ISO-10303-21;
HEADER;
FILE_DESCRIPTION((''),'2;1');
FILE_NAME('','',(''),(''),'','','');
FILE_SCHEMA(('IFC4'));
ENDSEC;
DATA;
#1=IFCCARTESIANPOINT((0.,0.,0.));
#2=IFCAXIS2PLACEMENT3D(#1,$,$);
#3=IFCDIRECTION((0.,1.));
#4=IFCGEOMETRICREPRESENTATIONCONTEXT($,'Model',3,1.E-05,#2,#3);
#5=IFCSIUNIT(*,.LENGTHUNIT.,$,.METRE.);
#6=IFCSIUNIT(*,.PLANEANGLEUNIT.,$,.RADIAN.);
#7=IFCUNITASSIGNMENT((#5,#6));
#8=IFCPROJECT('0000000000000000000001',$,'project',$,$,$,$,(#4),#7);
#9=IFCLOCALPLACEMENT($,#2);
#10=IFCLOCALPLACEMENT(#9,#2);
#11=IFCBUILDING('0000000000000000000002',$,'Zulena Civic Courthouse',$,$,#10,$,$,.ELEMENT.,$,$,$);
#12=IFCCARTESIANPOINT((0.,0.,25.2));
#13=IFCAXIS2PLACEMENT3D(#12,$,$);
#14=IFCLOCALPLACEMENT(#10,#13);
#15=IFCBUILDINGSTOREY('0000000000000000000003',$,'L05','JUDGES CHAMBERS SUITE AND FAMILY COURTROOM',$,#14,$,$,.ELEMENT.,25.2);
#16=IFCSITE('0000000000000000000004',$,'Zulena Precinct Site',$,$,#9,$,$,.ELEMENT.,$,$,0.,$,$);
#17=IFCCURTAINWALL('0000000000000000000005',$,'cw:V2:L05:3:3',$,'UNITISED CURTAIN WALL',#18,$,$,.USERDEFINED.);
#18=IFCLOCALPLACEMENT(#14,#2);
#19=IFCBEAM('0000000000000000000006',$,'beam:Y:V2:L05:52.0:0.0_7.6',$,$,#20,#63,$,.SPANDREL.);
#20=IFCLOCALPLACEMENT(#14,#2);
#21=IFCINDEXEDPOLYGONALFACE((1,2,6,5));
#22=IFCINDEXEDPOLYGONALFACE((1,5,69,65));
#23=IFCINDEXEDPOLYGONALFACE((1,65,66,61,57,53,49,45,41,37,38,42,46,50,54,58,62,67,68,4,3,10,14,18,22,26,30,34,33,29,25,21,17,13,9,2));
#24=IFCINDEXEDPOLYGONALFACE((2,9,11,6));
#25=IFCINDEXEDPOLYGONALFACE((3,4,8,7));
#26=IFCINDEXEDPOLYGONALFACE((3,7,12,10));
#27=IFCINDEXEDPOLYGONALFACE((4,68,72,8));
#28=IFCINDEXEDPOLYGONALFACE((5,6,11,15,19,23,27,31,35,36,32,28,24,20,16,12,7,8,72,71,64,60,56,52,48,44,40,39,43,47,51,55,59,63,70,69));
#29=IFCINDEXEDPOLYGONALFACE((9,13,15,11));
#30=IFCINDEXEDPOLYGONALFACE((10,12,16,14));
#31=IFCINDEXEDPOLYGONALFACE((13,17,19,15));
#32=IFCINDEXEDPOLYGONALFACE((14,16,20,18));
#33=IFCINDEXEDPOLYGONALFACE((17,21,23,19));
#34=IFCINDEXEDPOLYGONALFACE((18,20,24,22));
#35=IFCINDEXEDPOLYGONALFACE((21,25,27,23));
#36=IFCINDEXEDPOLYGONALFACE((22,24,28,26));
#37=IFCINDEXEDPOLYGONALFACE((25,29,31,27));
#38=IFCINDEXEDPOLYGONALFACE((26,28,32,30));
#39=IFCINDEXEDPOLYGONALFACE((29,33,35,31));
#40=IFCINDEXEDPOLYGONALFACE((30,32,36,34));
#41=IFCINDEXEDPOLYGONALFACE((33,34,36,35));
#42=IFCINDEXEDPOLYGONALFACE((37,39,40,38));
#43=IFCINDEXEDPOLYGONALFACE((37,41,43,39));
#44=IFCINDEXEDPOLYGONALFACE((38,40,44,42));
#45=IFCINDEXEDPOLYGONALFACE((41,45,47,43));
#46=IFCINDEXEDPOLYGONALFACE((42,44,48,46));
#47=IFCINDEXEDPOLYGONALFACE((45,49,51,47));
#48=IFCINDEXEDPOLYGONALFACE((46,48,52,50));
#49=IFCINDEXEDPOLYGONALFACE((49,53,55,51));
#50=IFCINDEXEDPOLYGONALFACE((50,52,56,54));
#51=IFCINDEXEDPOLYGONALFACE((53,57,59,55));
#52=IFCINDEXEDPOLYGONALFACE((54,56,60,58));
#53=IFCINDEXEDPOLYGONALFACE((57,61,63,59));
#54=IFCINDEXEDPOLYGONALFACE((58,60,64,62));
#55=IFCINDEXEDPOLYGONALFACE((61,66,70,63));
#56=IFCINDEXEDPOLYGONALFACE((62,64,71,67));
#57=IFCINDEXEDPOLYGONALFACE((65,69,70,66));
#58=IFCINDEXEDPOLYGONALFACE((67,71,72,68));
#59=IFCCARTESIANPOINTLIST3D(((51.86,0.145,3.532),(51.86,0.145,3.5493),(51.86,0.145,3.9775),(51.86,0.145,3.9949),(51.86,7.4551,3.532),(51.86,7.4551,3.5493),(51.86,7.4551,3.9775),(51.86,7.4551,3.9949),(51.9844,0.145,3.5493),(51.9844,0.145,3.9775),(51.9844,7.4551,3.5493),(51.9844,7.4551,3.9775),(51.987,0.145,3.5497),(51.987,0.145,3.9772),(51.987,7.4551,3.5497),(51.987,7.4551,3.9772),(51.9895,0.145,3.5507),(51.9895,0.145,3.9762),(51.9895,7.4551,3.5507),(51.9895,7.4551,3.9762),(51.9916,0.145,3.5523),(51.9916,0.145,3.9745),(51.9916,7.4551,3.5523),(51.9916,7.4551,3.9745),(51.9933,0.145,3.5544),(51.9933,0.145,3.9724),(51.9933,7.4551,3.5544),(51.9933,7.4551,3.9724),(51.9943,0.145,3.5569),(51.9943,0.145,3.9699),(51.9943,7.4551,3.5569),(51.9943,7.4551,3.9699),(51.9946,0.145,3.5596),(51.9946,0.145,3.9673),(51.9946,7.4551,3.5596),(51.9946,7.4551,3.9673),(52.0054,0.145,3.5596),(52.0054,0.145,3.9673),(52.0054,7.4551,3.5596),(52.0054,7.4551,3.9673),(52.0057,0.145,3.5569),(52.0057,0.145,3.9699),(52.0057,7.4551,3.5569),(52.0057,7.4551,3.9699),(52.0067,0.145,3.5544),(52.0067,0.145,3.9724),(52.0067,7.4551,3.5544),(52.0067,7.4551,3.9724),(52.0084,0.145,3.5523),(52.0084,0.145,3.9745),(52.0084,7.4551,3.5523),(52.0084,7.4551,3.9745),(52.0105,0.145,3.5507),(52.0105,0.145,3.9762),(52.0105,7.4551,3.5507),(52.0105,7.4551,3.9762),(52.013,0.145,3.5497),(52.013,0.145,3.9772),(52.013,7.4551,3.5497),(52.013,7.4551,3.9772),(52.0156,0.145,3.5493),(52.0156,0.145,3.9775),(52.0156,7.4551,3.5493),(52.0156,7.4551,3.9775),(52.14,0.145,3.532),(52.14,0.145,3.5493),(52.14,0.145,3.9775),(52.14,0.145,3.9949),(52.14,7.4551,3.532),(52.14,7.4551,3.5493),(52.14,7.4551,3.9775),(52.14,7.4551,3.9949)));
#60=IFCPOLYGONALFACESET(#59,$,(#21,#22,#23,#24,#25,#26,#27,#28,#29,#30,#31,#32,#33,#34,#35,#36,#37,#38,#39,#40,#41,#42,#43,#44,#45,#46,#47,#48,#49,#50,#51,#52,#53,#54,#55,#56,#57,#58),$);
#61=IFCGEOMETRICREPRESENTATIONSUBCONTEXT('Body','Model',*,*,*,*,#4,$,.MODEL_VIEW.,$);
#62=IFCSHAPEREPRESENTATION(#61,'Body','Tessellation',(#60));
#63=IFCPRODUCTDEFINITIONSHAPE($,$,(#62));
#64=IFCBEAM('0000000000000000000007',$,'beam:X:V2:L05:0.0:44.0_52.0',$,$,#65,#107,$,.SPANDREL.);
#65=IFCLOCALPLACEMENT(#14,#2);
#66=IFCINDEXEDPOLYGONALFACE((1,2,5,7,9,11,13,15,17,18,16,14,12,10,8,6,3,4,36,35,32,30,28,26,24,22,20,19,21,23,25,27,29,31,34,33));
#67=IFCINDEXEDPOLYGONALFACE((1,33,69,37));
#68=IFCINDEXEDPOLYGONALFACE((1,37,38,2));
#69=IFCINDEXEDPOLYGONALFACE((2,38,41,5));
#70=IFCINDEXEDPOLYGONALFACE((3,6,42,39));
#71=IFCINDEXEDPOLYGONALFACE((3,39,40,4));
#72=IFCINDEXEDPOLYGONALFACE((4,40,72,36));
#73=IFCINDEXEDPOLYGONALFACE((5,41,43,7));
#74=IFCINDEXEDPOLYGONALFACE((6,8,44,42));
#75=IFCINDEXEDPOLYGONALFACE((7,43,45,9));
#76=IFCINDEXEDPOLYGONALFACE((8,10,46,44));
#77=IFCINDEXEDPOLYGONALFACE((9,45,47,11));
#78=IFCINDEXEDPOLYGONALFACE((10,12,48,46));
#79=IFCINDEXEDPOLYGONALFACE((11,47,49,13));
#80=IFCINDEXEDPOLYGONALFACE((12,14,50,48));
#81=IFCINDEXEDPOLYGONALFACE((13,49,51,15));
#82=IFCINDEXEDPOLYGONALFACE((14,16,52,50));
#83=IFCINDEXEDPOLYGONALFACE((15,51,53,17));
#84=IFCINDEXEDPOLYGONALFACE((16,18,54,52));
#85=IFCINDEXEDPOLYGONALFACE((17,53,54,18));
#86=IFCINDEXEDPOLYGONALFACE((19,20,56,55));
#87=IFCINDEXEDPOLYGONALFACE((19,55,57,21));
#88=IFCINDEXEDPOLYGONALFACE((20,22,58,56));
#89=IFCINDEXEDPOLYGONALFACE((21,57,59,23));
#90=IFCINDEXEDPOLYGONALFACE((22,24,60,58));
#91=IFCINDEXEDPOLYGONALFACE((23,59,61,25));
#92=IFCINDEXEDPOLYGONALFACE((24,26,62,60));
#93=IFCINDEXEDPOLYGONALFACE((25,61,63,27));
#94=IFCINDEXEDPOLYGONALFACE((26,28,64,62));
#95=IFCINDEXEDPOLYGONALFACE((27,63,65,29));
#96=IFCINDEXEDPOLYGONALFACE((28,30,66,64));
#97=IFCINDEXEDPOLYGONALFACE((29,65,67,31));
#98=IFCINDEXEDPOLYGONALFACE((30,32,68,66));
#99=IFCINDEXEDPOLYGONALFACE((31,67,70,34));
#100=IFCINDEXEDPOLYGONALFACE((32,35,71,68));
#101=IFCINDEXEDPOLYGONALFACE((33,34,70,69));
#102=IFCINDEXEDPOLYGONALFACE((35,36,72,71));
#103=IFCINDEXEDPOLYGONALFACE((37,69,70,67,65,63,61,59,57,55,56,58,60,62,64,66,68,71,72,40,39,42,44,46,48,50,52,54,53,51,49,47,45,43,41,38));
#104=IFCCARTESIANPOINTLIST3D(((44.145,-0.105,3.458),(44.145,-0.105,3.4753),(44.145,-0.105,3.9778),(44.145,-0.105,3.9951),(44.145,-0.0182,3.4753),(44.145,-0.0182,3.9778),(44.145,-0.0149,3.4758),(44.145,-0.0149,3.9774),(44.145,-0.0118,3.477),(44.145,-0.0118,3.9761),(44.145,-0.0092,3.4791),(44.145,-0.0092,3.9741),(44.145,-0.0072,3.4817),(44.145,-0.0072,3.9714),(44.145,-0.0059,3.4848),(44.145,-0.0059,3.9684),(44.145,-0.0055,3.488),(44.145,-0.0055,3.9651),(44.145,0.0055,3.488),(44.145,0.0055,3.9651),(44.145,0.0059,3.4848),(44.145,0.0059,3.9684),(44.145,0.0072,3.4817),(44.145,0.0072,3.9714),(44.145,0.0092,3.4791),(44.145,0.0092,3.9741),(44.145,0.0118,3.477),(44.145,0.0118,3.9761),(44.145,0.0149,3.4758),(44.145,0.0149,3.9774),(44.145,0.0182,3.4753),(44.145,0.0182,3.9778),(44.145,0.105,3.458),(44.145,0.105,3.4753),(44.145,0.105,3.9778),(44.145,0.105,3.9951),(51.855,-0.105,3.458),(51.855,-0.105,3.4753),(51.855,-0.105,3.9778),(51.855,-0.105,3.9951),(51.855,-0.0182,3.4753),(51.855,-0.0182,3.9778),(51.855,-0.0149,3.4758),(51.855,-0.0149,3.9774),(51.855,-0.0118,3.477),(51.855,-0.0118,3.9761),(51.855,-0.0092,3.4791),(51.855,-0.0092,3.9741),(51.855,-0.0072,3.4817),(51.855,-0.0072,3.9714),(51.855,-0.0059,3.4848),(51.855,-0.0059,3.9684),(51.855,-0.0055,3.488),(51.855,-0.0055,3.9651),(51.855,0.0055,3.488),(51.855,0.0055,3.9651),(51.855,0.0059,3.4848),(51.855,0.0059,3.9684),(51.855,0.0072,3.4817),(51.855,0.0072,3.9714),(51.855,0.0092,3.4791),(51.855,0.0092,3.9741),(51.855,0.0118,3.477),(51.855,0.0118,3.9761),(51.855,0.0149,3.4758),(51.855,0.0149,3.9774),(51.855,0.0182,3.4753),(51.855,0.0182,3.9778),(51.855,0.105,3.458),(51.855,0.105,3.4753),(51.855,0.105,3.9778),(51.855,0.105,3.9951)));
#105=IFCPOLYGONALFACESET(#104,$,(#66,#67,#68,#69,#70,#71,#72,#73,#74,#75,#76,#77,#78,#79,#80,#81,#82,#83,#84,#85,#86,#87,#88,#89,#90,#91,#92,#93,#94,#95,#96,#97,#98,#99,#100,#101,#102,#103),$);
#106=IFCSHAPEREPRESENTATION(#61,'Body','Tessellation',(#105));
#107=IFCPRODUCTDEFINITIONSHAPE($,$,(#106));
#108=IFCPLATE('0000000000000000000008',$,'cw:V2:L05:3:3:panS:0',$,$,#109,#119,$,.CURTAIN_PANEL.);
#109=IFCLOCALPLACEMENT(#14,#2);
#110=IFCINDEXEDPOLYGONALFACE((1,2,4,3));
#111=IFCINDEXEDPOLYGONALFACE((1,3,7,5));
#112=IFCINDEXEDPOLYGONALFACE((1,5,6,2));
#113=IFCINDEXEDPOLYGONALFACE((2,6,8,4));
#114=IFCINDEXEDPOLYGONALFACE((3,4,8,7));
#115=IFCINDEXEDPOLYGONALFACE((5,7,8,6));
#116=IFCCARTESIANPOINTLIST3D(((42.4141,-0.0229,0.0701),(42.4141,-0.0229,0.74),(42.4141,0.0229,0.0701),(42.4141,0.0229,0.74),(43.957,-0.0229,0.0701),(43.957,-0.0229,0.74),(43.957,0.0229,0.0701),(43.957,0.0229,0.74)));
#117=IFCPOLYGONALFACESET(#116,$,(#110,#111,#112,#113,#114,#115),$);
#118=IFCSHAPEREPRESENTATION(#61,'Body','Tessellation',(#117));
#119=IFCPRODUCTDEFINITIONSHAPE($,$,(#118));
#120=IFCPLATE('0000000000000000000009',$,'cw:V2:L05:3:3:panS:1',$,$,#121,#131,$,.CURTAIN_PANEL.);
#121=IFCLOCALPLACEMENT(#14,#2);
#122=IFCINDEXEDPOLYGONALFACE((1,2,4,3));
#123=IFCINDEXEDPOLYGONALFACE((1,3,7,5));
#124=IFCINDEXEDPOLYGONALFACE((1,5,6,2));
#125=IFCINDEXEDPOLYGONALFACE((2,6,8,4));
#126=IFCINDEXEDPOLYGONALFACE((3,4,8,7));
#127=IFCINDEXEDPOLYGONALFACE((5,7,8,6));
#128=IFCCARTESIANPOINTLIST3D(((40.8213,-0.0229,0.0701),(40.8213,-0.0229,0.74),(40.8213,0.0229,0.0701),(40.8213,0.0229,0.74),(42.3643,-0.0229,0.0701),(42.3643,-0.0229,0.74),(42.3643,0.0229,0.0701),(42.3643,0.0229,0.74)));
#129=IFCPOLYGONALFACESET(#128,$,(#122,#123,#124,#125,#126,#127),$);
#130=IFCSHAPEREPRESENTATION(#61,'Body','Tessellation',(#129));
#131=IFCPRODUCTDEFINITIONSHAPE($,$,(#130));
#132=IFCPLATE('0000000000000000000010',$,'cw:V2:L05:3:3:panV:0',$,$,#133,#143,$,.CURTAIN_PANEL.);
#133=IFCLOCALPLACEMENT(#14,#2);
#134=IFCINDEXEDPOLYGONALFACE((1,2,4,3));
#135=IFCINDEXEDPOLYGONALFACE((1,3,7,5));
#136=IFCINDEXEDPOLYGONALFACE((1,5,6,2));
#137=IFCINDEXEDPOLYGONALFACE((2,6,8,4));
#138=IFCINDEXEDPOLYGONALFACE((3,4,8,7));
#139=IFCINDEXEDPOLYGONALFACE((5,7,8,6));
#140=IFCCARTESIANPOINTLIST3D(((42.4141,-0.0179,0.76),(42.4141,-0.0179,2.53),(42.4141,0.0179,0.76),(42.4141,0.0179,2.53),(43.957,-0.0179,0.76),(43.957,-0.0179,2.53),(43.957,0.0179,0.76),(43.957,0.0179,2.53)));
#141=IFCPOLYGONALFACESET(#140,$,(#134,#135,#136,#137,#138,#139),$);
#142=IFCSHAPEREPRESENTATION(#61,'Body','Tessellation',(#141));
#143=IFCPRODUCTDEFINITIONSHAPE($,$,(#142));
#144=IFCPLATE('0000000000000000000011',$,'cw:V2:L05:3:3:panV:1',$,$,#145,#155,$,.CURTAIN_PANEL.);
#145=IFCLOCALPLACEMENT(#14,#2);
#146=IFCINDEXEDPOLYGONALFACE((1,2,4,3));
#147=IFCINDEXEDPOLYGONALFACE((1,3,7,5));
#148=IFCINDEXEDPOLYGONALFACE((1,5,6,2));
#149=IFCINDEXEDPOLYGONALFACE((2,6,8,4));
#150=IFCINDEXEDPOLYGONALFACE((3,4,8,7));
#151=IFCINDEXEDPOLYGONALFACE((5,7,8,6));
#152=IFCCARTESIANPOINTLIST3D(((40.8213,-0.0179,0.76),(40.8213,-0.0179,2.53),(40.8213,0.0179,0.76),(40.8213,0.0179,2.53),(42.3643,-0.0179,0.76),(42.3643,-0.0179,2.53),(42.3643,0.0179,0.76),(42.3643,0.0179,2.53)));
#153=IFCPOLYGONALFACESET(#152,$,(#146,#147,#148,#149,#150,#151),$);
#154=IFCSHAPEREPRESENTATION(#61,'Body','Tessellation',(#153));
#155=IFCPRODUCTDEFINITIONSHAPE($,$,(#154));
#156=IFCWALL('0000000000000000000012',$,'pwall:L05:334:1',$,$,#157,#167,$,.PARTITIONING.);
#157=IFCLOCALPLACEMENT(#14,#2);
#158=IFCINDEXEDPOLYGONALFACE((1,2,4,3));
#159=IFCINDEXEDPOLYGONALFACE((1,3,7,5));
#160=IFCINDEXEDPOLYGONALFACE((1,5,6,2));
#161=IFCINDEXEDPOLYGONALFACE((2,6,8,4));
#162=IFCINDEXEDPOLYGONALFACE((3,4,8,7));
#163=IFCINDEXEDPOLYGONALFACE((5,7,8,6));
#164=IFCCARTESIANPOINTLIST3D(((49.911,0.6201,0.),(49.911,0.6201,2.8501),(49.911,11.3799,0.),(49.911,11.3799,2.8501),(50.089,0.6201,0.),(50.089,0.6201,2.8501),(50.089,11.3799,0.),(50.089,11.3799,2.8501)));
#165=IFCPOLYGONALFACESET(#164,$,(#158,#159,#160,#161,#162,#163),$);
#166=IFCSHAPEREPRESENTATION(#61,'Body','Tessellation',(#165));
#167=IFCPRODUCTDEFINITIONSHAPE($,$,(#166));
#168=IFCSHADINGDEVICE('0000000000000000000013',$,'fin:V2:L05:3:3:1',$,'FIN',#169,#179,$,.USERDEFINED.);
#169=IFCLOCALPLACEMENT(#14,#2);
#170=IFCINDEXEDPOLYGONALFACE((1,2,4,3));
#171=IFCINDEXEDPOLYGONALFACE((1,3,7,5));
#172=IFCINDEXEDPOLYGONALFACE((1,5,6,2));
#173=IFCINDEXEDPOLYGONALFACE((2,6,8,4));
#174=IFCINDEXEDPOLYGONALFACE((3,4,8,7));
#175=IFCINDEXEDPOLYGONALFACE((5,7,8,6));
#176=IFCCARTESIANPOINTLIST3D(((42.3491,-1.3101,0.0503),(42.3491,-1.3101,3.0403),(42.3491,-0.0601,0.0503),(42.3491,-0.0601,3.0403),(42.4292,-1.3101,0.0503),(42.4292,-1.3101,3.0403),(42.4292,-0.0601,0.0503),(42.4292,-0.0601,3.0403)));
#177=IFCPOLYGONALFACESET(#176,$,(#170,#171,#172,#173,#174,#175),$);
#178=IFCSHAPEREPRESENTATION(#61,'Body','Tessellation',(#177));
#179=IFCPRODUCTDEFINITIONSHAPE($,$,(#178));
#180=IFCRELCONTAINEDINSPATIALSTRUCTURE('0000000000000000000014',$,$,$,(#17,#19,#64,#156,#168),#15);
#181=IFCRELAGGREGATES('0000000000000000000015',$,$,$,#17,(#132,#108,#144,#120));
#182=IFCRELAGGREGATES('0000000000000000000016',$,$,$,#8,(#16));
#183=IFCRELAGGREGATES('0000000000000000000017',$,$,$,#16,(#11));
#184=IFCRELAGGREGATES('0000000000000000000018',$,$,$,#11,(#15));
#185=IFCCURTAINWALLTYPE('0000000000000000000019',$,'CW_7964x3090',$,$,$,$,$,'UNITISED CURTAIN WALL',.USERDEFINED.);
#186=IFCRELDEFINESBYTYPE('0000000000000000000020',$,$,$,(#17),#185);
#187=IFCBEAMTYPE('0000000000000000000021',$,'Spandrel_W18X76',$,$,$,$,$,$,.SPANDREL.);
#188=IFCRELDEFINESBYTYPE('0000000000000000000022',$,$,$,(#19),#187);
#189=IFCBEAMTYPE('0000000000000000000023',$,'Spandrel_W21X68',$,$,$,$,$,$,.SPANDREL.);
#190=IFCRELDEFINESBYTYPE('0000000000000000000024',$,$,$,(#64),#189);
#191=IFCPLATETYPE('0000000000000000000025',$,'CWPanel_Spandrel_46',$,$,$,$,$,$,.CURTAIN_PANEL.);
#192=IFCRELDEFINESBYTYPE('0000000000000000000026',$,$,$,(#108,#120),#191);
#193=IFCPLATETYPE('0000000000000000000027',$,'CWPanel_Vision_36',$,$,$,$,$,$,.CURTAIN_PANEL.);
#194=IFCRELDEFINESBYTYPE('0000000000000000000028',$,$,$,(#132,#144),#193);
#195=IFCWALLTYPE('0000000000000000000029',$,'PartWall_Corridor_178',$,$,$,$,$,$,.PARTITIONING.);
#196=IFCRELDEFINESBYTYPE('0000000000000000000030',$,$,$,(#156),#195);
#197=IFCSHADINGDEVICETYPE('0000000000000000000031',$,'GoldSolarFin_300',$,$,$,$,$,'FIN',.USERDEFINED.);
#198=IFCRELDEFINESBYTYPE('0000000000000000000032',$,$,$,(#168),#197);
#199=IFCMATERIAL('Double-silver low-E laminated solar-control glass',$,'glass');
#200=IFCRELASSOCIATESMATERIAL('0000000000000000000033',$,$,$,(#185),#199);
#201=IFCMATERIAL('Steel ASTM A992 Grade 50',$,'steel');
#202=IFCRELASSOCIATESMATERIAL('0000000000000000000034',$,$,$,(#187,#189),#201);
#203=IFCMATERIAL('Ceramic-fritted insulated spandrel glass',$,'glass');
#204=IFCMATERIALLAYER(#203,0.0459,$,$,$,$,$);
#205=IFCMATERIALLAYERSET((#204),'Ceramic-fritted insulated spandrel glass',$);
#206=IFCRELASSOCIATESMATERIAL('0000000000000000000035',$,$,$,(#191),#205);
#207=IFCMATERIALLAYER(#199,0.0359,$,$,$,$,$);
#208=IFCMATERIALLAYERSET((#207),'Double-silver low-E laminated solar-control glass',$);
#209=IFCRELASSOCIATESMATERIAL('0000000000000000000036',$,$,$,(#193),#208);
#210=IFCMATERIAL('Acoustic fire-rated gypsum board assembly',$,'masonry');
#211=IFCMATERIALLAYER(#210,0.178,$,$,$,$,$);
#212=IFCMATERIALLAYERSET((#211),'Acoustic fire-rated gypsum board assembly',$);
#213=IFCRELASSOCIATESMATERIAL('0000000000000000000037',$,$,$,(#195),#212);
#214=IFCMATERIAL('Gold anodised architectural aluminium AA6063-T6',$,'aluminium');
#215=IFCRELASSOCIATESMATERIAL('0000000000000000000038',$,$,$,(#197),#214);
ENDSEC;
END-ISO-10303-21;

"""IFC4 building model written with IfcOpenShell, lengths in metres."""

from ifc_helpers import new_model, si_unit, direction, frame, frame_2d, origin, origin_2d, place, context, subcontext, project, spatial, rectangle, i_section, extrude, material, layer, layer_set, material_profile, profile_set, type_object, element, aggregate, save


model = new_model("IFC4")

# Units and contexts
model_context = context("Model", 3, precision=1e-05, world=origin(), true_north=direction((0.0, 1.0)))
body_context = subcontext(model_context, "Body", "Model", "MODEL_VIEW")
ifc_project = project(units=[si_unit("LENGTHUNIT", "METRE"), si_unit("PLANEANGLEUNIT", "RADIAN")], contexts=[model_context])

# Site, building, storey
site_placement = place(None, origin())
site = spatial("IfcSite", under=ifc_project, at=site_placement, Name="Zulena Precinct Site", CompositionType="ELEMENT", RefElevation=0.0)
building_placement = place(site_placement, origin())
building = spatial("IfcBuilding", under=site, at=building_placement, Name="Zulena Civic Courthouse", CompositionType="ELEMENT")
storey_placement = place(building_placement, frame((0.0, 0.0, 25.2)))
storey = spatial("IfcBuildingStorey", under=building, at=storey_placement, Name="L05", Description="JUDGES CHAMBERS SUITE AND FAMILY COURTROOM", CompositionType="ELEMENT", Elevation=25.2)

# Shared definitions
ifc_material_1 = material(Name="Steel ASTM A992 Grade 50", Category="steel")

# Curtain wall
ifc_material_2 = material(Name="Double-silver low-E laminated solar-control glass", Category="glass")
curtain_wall_type = type_object("IfcCurtainWallType", Name="CW_7964x3090", ElementType="UNITISED CURTAIN WALL", PredefinedType="USERDEFINED", material=ifc_material_2)
curtain_wall_placement = place(storey_placement, origin())
curtain_wall = element("IfcCurtainWall", 1, at=curtain_wall_placement, inside=storey, type_object=curtain_wall_type, Name="cw:V2:L05:3:3", ObjectType="UNITISED CURTAIN WALL", PredefinedType="USERDEFINED")

# Beams
ifc_material_profile_1 = material_profile(ifc_material_1, i_section(OverallWidth=0.28, OverallDepth=0.4629, WebThickness=0.0107, FlangeThickness=0.0173, FilletRadius=0.0103, at=origin_2d()), Name="W18X76")
ifc_profile_set_1 = profile_set([ifc_material_profile_1], Name="Steel ASTM A992 Grade 50")
beam_type_1 = type_object("IfcBeamType", Name="Spandrel_W18X76", PredefinedType="SPANDREL", material=ifc_profile_set_1)
for number, where, z_axis, x_axis, name in (
    (2, (52.0, 0.145, 3.7634), (0.0, 1.0, 0.0), (-1.0, 0.0, 0.0), "beam:Y:V2:L05:52.0:0.0_7.6"),
):
    element("IfcBeam", number, at=place(storey_placement, frame(where, z_axis=z_axis, x_axis=x_axis)), inside=storey, type_object=beam_type_1, Name=name, PredefinedType="SPANDREL", context=body_context, shape_type="SweptSolid", body=[
        extrude(i_section(OverallWidth=0.28, OverallDepth=0.4629, WebThickness=0.0107, FlangeThickness=0.0173, FilletRadius=0.0103, at=origin_2d()), origin(), (0.0, 0.0, 1.0), 7.3101),
    ])
ifc_material_profile_2 = material_profile(ifc_material_1, i_section(OverallWidth=0.21, OverallDepth=0.5371, WebThickness=0.011, FlangeThickness=0.0173, FilletRadius=0.0127, at=origin_2d()), Name="W21X68")
ifc_profile_set_2 = profile_set([ifc_material_profile_2], Name="Steel ASTM A992 Grade 50")
beam_type_2 = type_object("IfcBeamType", Name="Spandrel_W21X68", PredefinedType="SPANDREL", material=ifc_profile_set_2)
beam_1_placement = place(storey_placement, frame((44.145, 0.0, 3.7266), z_axis=(1.0, 0.0, 0.0), x_axis=(0.0, 1.0, 0.0)))
element("IfcBeam", 3, at=beam_1_placement, inside=storey, type_object=beam_type_2, Name="beam:X:V2:L05:0.0:44.0_52.0", PredefinedType="SPANDREL", context=body_context, shape_type="SweptSolid", body=[
    extrude(i_section(OverallWidth=0.21, OverallDepth=0.5371, WebThickness=0.011, FlangeThickness=0.0173, FilletRadius=0.0127, at=origin_2d()), origin(), (0.0, 0.0, 1.0), 7.71),
])

# Plates
ifc_material_3 = material(Name="Ceramic-fritted insulated spandrel glass", Category="glass")
ifc_layer_1 = layer(ifc_material_3, 0.0459)
ifc_layer_set_1 = layer_set([ifc_layer_1], Name="Ceramic-fritted insulated spandrel glass")
plate_type_1 = type_object("IfcPlateType", Name="CWPanel_Spandrel_46", PredefinedType="CURTAIN_PANEL", material=ifc_layer_set_1)
plate_1_placement = place(storey_placement, frame((43.1855, 0.0, 0.0701), z_axis=(0.0, 0.0, 1.0), x_axis=(-1.0, 0.0, 0.0)))
plate_1 = element("IfcPlate", 4, at=plate_1_placement, type_object=plate_type_1, Name="cw:V2:L05:3:3:panS:0", PredefinedType="CURTAIN_PANEL", context=body_context, shape_type="SweptSolid", body=[
    extrude(rectangle(XDim=1.543, YDim=0.0459, at=origin_2d()), origin(), (0.0, 0.0, 1.0), 0.6699),
])
plate_2_placement = place(storey_placement, frame((41.5928, 0.0, 0.0701), z_axis=(0.0, 0.0, 1.0), x_axis=(-1.0, 0.0, 0.0)))
plate_2 = element("IfcPlate", 5, at=plate_2_placement, type_object=plate_type_1, Name="cw:V2:L05:3:3:panS:1", PredefinedType="CURTAIN_PANEL", context=body_context, shape_type="SweptSolid", body=[
    extrude(rectangle(XDim=1.543, YDim=0.0459, at=origin_2d()), origin(), (0.0, 0.0, 1.0), 0.6699),
])
ifc_layer_2 = layer(ifc_material_2, 0.0359)
ifc_layer_set_2 = layer_set([ifc_layer_2], Name="Double-silver low-E laminated solar-control glass")
plate_type_2 = type_object("IfcPlateType", Name="CWPanel_Vision_36", PredefinedType="CURTAIN_PANEL", material=ifc_layer_set_2)
plate_3_placement = place(storey_placement, frame((43.1855, 0.0, 0.76), z_axis=(0.0, 0.0, 1.0), x_axis=(-1.0, 0.0, 0.0)))
plate_3 = element("IfcPlate", 6, at=plate_3_placement, type_object=plate_type_2, Name="cw:V2:L05:3:3:panV:0", PredefinedType="CURTAIN_PANEL", context=body_context, shape_type="SweptSolid", body=[
    extrude(rectangle(XDim=1.543, YDim=0.0359, at=origin_2d()), origin(), (0.0, 0.0, 1.0), 1.77),
])
plate_4_placement = place(storey_placement, frame((41.5928, 0.0, 0.76), z_axis=(0.0, 0.0, 1.0), x_axis=(-1.0, 0.0, 0.0)))
plate_4 = element("IfcPlate", 7, at=plate_4_placement, type_object=plate_type_2, Name="cw:V2:L05:3:3:panV:1", PredefinedType="CURTAIN_PANEL", context=body_context, shape_type="SweptSolid", body=[
    extrude(rectangle(XDim=1.543, YDim=0.0359, at=origin_2d()), origin(), (0.0, 0.0, 1.0), 1.77),
])
aggregate(curtain_wall, [plate_3, plate_1, plate_4, plate_2])

# Wall
ifc_material_4 = material(Name="Acoustic fire-rated gypsum board assembly", Category="masonry")
ifc_layer_3 = layer(ifc_material_4, 0.178)
ifc_layer_set_3 = layer_set([ifc_layer_3], Name="Acoustic fire-rated gypsum board assembly")
wall_type = type_object("IfcWallType", Name="PartWall_Corridor_178", PredefinedType="PARTITIONING", material=ifc_layer_set_3)
wall_placement = place(storey_placement, frame((50.0, 0.6201, 0.0), z_axis=(0.0, 0.0, 1.0), x_axis=(0.0, 1.0, 0.0)))
element("IfcWall", 8, at=wall_placement, inside=storey, type_object=wall_type, Name="pwall:L05:334:1", PredefinedType="PARTITIONING", context=body_context, shape_type="SweptSolid", body=[
    extrude(rectangle(XDim=10.7598, YDim=0.178, at=frame_2d((5.3799, 0.0))), origin(), (0.0, 0.0, 1.0), 2.8501),
])

# Shading device
ifc_material_5 = material(Name="Gold anodised architectural aluminium AA6063-T6", Category="aluminium")
shading_device_type = type_object("IfcShadingDeviceType", Name="GoldSolarFin_300", ElementType="FIN", PredefinedType="USERDEFINED", material=ifc_material_5)
shading_device_placement = place(storey_placement, frame((42.3892, -0.6851, 0.0503), z_axis=(0.0, 0.0, 1.0), x_axis=(0.0, -1.0, 0.0)))
element("IfcShadingDevice", 9, at=shading_device_placement, inside=storey, type_object=shading_device_type, Name="fin:V2:L05:3:3:1", ObjectType="FIN", PredefinedType="USERDEFINED", context=body_context, shape_type="SweptSolid", body=[
    extrude(rectangle(XDim=1.25, YDim=0.0801, at=origin_2d()), origin(), (0.0, 0.0, 1.0), 2.99),
])

save(model, "model.ifc")
